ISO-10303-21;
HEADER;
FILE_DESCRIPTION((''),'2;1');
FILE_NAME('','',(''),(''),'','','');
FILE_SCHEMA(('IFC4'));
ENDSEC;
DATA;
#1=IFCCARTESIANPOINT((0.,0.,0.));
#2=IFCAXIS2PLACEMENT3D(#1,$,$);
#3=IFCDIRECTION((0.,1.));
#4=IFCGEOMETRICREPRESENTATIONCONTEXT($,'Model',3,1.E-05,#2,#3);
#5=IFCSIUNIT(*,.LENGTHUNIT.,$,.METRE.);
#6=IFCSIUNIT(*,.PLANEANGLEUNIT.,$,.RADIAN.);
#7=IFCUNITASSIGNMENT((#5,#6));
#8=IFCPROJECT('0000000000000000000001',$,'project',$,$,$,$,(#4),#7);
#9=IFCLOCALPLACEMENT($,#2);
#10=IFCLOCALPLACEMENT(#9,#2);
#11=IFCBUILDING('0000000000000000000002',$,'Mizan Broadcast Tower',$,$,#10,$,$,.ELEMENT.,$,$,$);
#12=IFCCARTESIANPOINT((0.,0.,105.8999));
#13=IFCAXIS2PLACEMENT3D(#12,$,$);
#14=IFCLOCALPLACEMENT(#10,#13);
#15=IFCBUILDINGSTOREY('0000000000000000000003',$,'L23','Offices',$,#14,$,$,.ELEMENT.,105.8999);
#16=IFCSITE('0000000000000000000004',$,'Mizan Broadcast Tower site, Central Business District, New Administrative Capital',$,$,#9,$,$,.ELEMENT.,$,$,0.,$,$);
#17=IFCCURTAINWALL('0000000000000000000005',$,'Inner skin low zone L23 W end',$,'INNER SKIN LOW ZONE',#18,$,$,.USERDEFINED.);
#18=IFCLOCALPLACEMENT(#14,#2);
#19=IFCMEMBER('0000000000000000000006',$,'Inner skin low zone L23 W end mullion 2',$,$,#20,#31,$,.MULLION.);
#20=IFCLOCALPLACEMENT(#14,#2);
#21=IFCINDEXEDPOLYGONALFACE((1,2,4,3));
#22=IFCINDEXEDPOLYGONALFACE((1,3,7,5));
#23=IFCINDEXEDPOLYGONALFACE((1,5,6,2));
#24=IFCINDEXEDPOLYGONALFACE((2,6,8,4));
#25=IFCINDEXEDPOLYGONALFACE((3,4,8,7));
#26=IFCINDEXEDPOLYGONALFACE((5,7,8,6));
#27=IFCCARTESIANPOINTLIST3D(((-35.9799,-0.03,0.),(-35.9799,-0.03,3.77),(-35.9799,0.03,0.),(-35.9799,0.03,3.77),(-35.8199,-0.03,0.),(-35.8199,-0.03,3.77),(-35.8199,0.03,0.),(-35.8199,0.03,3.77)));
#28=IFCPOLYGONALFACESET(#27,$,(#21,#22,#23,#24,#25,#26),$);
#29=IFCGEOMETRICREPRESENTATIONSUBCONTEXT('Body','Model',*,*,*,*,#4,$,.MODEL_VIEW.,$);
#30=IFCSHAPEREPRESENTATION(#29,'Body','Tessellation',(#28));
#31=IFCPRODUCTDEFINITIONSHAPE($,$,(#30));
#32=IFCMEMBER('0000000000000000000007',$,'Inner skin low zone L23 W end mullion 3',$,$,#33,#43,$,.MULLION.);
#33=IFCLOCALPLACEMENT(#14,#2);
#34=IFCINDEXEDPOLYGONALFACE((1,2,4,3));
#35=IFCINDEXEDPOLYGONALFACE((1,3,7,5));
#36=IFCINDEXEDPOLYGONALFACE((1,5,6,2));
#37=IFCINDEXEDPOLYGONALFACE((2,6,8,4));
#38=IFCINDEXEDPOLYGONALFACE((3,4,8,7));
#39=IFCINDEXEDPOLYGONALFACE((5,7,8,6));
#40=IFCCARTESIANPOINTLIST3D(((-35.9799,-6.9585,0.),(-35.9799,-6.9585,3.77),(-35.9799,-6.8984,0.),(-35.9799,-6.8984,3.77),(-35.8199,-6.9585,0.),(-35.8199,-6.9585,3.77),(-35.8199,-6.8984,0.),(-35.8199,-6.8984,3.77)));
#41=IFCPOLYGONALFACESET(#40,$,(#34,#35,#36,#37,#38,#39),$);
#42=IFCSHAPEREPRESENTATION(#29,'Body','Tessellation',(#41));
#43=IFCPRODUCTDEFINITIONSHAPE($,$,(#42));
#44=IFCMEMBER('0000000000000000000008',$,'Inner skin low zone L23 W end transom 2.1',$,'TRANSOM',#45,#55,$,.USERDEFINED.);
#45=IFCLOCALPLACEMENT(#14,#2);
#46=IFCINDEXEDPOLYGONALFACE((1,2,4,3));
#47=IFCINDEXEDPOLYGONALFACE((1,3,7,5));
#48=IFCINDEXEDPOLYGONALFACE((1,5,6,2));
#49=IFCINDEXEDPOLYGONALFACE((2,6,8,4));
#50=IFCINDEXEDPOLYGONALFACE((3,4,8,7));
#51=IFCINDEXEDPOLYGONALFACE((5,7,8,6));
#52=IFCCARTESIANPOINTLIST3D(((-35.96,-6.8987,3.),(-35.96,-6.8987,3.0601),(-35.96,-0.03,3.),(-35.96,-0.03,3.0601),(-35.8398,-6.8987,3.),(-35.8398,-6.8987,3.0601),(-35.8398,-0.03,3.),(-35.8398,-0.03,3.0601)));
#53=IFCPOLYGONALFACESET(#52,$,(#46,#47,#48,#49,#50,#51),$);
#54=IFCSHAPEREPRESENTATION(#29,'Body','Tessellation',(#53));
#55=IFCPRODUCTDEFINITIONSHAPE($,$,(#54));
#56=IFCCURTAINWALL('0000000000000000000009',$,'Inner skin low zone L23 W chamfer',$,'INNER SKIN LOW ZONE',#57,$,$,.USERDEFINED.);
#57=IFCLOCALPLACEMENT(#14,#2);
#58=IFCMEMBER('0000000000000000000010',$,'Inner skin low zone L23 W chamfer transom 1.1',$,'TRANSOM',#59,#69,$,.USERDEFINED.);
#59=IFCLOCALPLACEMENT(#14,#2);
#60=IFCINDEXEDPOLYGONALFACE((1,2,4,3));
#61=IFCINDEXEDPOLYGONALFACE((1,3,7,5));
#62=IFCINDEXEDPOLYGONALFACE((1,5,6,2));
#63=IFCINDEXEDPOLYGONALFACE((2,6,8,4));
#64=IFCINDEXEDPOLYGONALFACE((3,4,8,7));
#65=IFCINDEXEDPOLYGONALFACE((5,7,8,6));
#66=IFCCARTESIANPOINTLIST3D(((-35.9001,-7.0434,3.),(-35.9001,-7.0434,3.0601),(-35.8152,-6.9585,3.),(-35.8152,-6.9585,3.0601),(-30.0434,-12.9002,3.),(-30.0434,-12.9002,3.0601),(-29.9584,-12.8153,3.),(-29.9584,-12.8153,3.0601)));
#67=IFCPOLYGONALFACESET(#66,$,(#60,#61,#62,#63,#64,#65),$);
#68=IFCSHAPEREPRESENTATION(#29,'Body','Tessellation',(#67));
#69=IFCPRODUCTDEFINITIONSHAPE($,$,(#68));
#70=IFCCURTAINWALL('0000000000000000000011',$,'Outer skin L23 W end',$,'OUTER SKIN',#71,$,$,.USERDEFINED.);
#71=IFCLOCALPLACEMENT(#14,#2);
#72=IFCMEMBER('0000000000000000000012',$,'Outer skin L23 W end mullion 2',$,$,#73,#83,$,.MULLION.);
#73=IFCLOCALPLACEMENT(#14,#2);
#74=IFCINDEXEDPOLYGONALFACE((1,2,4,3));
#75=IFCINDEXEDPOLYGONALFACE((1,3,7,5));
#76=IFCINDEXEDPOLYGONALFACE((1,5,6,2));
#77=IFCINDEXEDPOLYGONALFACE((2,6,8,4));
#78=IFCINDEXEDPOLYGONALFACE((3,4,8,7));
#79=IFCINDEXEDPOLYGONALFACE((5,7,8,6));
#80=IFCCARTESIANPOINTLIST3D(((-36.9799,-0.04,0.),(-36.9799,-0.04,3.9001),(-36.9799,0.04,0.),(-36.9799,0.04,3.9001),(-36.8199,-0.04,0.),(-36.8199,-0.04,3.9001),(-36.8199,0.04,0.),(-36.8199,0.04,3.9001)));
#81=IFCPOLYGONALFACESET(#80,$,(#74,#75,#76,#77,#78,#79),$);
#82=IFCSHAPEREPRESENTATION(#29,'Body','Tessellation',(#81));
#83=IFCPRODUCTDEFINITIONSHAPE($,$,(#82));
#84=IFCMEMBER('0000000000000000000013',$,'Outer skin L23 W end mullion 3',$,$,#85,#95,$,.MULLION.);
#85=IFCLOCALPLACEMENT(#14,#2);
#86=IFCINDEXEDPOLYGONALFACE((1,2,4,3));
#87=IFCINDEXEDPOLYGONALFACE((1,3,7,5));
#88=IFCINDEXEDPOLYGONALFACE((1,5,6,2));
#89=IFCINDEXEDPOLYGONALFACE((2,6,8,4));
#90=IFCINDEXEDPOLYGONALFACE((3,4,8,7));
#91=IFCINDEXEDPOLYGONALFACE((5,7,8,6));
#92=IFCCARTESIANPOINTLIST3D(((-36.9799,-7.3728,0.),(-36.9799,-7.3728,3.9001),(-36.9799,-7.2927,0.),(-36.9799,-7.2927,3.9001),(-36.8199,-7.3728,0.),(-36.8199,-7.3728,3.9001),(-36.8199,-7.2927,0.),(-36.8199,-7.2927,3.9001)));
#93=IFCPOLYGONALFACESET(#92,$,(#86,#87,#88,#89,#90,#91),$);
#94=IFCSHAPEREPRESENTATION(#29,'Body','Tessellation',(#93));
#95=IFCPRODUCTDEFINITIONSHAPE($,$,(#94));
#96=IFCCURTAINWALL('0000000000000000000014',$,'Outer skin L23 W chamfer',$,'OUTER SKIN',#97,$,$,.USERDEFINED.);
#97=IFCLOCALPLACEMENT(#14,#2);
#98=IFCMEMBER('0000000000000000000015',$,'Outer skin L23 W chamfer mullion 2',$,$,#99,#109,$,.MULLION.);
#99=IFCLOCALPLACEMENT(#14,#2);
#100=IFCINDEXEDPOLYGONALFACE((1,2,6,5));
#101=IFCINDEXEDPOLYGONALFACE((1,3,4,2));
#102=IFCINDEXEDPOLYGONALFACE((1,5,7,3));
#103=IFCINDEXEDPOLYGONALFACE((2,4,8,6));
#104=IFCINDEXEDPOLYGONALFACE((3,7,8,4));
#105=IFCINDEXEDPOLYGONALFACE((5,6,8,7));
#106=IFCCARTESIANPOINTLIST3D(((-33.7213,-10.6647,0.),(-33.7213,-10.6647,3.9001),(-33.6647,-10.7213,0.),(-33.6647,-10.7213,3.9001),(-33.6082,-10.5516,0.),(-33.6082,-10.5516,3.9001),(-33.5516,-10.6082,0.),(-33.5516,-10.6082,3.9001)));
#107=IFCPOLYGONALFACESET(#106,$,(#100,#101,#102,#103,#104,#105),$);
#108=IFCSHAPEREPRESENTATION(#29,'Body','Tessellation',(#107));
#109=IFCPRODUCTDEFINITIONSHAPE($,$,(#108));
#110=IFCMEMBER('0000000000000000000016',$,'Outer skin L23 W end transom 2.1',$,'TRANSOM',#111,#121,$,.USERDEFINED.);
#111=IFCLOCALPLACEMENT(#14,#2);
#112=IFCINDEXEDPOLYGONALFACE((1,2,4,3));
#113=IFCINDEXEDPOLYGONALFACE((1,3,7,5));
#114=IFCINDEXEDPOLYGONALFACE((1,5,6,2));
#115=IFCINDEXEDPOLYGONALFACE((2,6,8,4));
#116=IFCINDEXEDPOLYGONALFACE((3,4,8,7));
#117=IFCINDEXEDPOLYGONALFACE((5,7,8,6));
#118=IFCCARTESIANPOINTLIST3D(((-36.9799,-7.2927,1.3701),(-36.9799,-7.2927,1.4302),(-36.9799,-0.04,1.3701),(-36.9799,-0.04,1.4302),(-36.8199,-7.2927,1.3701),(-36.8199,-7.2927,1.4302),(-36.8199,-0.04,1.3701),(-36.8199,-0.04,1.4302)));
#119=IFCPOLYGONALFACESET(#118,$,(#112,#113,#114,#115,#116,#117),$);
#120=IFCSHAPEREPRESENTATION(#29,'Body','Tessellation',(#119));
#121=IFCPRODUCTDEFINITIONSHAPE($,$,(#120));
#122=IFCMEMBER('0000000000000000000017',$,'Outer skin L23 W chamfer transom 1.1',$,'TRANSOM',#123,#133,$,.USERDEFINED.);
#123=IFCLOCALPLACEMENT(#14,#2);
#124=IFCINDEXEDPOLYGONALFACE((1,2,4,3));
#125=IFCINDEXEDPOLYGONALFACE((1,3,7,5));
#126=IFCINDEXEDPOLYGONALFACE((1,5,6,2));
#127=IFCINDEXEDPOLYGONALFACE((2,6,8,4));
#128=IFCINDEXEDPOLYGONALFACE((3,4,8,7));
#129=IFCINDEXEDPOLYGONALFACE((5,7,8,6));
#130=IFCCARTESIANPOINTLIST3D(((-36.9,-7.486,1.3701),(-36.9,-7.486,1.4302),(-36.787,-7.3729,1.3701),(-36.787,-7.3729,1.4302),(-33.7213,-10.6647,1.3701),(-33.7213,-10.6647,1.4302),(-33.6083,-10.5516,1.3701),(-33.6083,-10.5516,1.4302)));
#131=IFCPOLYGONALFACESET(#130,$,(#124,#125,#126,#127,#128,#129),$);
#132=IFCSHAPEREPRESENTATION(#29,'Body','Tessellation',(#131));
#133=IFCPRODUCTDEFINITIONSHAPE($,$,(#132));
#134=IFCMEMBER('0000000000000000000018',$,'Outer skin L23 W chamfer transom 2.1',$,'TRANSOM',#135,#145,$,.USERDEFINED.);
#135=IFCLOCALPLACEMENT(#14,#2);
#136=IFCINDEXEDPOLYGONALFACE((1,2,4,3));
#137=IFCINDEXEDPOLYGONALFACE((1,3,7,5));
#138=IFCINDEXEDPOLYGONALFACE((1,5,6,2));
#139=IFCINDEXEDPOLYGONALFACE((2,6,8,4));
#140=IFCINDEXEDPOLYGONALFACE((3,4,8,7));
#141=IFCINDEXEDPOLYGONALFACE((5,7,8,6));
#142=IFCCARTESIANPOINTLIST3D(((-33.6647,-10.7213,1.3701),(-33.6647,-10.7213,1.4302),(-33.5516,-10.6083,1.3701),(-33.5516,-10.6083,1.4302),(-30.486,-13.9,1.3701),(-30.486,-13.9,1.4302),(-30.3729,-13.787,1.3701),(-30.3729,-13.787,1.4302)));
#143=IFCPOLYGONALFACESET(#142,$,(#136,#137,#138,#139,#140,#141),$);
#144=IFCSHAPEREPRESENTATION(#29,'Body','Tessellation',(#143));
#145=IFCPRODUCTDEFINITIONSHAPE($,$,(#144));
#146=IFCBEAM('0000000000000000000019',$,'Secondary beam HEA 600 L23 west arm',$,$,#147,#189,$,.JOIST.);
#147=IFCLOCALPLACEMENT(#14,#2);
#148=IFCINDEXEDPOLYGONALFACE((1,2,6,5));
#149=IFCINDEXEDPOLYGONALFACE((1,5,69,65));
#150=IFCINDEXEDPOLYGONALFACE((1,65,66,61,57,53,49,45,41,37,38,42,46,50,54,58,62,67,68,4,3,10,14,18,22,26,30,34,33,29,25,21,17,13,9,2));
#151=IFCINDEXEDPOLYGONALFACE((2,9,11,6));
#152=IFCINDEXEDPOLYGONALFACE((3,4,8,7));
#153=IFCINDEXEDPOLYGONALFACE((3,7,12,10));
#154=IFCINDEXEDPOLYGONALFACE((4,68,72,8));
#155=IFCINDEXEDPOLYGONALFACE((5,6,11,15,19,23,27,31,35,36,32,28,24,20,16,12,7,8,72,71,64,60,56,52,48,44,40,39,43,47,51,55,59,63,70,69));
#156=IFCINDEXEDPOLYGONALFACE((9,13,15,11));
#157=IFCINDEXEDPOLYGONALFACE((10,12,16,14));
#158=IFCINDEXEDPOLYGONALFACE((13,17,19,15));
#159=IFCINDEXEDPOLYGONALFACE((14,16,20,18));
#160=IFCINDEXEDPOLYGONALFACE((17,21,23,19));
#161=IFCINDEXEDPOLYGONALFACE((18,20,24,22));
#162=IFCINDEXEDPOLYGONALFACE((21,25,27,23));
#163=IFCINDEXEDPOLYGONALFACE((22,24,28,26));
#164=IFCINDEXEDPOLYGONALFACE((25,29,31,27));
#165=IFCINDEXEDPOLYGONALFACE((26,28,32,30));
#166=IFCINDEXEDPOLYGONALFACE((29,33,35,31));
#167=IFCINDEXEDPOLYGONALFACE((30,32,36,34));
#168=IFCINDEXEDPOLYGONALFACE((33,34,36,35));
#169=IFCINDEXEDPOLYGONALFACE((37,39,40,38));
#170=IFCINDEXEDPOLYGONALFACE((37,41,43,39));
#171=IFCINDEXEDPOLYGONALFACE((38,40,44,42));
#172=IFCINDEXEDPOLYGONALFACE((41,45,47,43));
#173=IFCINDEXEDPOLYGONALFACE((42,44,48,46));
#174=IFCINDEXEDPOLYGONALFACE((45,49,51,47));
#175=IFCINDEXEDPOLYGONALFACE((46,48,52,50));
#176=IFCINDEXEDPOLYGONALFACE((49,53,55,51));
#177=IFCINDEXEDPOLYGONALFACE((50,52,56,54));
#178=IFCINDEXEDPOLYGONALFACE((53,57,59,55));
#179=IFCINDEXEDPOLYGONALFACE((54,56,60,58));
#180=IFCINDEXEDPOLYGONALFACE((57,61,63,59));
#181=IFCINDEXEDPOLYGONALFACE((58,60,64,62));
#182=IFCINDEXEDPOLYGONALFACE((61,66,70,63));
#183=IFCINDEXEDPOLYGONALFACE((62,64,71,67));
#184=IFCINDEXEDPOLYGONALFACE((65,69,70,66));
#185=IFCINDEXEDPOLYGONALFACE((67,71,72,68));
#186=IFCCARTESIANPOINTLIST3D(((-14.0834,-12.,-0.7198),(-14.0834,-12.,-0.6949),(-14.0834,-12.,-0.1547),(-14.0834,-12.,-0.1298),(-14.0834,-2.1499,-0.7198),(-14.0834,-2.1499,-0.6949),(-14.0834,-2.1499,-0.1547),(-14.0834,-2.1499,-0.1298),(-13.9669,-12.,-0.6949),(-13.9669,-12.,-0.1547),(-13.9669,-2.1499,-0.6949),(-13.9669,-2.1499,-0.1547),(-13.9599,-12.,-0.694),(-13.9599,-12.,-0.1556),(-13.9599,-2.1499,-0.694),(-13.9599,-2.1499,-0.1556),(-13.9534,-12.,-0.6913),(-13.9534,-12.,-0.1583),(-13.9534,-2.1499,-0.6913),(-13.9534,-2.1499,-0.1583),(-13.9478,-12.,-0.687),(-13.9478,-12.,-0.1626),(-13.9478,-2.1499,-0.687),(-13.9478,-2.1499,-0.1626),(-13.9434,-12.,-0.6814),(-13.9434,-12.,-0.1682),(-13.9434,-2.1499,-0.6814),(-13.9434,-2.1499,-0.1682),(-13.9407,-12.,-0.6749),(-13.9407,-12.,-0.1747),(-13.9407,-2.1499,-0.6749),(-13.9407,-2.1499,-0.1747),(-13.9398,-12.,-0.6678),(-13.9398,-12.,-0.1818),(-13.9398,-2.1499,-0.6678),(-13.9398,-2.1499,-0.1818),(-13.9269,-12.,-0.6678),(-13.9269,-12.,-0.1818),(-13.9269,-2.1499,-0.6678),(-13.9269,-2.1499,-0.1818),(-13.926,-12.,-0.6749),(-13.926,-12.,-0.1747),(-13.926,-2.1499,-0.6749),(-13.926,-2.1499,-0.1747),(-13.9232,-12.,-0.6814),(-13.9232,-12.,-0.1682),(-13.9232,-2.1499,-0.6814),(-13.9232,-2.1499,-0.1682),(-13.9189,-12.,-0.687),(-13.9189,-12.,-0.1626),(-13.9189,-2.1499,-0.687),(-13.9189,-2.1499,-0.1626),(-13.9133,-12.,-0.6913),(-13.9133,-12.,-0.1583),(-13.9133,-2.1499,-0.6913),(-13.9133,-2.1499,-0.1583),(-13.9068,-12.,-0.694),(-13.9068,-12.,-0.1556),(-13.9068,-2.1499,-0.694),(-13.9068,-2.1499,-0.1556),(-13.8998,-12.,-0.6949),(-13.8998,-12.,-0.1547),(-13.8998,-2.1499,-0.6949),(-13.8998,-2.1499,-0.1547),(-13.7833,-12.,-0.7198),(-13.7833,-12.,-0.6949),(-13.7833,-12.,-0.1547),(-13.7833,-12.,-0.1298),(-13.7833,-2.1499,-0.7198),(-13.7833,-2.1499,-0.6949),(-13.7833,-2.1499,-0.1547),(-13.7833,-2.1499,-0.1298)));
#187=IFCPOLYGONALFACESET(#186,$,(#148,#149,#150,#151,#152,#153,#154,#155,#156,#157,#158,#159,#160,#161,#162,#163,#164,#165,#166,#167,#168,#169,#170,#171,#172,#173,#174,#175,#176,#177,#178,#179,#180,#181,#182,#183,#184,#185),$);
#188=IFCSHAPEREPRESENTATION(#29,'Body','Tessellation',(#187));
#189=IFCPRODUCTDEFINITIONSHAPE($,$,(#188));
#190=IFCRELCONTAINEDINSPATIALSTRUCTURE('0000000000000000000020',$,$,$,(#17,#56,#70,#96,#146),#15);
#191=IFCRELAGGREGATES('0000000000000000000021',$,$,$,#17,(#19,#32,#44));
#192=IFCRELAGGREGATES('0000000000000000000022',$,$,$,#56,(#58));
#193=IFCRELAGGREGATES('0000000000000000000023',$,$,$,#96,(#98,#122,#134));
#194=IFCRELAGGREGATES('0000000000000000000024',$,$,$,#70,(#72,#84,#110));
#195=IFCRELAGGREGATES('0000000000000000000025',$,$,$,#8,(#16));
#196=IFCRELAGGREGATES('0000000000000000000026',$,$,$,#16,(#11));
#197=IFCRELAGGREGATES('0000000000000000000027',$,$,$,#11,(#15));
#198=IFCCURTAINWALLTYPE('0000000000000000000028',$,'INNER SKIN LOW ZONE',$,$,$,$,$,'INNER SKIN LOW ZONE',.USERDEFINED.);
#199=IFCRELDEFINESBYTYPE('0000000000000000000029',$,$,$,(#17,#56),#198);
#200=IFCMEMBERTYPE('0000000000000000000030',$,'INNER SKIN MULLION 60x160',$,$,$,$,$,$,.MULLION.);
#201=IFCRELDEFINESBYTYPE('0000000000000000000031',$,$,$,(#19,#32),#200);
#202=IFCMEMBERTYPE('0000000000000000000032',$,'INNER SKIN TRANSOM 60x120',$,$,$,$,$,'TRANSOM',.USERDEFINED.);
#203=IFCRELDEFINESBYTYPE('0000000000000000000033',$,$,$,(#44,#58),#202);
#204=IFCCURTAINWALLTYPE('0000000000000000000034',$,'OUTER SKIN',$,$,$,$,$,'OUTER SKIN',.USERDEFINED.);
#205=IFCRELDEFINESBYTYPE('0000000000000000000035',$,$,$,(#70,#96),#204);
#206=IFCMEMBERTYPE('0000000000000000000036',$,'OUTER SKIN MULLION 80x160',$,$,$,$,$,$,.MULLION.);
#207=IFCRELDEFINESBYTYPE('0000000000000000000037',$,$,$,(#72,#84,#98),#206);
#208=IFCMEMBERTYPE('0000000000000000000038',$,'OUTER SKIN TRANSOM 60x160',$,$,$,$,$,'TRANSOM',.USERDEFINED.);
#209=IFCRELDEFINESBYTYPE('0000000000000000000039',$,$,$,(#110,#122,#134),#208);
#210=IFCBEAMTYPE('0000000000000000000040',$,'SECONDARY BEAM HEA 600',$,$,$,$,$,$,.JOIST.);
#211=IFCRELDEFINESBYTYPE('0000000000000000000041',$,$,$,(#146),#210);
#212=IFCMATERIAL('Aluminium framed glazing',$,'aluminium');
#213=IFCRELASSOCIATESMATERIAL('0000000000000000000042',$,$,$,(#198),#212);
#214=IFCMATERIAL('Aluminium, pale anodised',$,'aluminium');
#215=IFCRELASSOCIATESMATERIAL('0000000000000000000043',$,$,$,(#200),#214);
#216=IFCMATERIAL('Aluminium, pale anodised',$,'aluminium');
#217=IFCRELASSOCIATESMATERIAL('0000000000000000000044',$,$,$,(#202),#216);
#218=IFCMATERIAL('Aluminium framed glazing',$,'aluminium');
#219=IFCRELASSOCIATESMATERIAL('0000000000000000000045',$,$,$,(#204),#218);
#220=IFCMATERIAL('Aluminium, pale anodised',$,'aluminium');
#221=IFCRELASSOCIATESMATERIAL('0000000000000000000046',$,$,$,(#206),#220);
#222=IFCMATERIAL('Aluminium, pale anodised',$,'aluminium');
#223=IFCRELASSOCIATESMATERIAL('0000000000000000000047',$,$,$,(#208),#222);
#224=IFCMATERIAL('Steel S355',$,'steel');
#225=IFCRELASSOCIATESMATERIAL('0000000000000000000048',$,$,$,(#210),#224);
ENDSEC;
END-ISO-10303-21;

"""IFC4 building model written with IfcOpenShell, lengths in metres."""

from ifc_helpers import new_model, si_unit, direction, frame, origin, origin_2d, place, context, subcontext, project, spatial, rectangle, i_section, extrude, material, material_profile, profile_set, type_object, element, aggregate, save


model = new_model("IFC4")

# Units and contexts
model_context = context("Model", 3, precision=1e-05, world=origin(), true_north=direction((0.0, 1.0)))
body_context = subcontext(model_context, "Body", "Model", "MODEL_VIEW")
ifc_project = project(units=[si_unit("LENGTHUNIT", "METRE"), si_unit("PLANEANGLEUNIT", "RADIAN")], contexts=[model_context])

# Site, building, storey
site_placement = place(None, origin())
site = spatial("IfcSite", under=ifc_project, at=site_placement, Name="Mizan Broadcast Tower site, Central Business District, New Administrative Capital", CompositionType="ELEMENT", RefElevation=0.0)
building_placement = place(site_placement, origin())
building = spatial("IfcBuilding", under=site, at=building_placement, Name="Mizan Broadcast Tower", CompositionType="ELEMENT")
storey_placement = place(building_placement, frame((0.0, 0.0, 105.8999)))
storey = spatial("IfcBuildingStorey", under=building, at=storey_placement, Name="L23", Description="Offices", CompositionType="ELEMENT", Elevation=105.8999)

# Curtain wall, members
ifc_material_1 = material(Name="Aluminium framed glazing", Category="aluminium")
curtain_wall_type_1 = type_object("IfcCurtainWallType", Name="INNER SKIN LOW ZONE", ElementType="INNER SKIN LOW ZONE", PredefinedType="USERDEFINED", material=ifc_material_1)
curtain_wall_1_placement = place(storey_placement, origin())
curtain_wall_1 = element("IfcCurtainWall", 1, at=curtain_wall_1_placement, inside=storey, type_object=curtain_wall_type_1, Name="Inner skin low zone L23 W end", ObjectType="INNER SKIN LOW ZONE", PredefinedType="USERDEFINED")
ifc_material_2 = material(Name="Aluminium, pale anodised", Category="aluminium")
ifc_material_profile_1 = material_profile(ifc_material_2, rectangle(XDim=0.1599, YDim=0.0601, at=origin_2d()), Name="MULLION 160x60")
ifc_profile_set_1 = profile_set([ifc_material_profile_1], Name="Aluminium, pale anodised")
member_type_1 = type_object("IfcMemberType", Name="INNER SKIN MULLION 60x160", PredefinedType="MULLION", material=ifc_profile_set_1)
member_1_placement = place(storey_placement, frame((-35.8999, 0.0, 0.0), z_axis=(0.0, 0.0, 1.0), x_axis=(1.0, 0.0, 0.0)))
member_1 = element("IfcMember", 2, at=member_1_placement, type_object=member_type_1, Name="Inner skin low zone L23 W end mullion 2", PredefinedType="MULLION", context=body_context, shape_type="SweptSolid", body=[
    extrude(rectangle(XDim=0.1599, YDim=0.0601, at=origin_2d()), origin(), (0.0, 0.0, 1.0), 3.77),
])
member_2_placement = place(storey_placement, frame((-35.8999, -6.9285, 0.0), z_axis=(0.0, 0.0, 1.0), x_axis=(1.0, 0.0, 0.0)))
member_2 = element("IfcMember", 3, at=member_2_placement, type_object=member_type_1, Name="Inner skin low zone L23 W end mullion 3", PredefinedType="MULLION", context=body_context, shape_type="SweptSolid", body=[
    extrude(rectangle(XDim=0.1599, YDim=0.0601, at=origin_2d()), origin(), (0.0, 0.0, 1.0), 3.77),
])
ifc_material_3 = material(Name="Aluminium, pale anodised", Category="aluminium")
ifc_material_profile_2 = material_profile(ifc_material_3, rectangle(XDim=0.1201, YDim=0.0601, at=origin_2d()), Name="TRANSOM 120x60")
ifc_profile_set_2 = profile_set([ifc_material_profile_2], Name="Aluminium, pale anodised")
member_type_2 = type_object("IfcMemberType", Name="INNER SKIN TRANSOM 60x120", ElementType="TRANSOM", PredefinedType="USERDEFINED", material=ifc_profile_set_2)
member_3_placement = place(storey_placement, frame((-35.8999, -0.03, 3.03), z_axis=(0.0, -1.0, 0.0), x_axis=(1.0, 0.0, 0.0)))
member_3 = element("IfcMember", 4, at=member_3_placement, type_object=member_type_2, Name="Inner skin low zone L23 W end transom 2.1", ObjectType="TRANSOM", PredefinedType="USERDEFINED", context=body_context, shape_type="SweptSolid", body=[
    extrude(rectangle(XDim=0.1201, YDim=0.0601, at=origin_2d()), origin(), (0.0, 0.0, 1.0), 6.8687),
])

# Curtain wall, member
curtain_wall_2_placement = place(storey_placement, origin())
curtain_wall_2 = element("IfcCurtainWall", 5, at=curtain_wall_2_placement, inside=storey, type_object=curtain_wall_type_1, Name="Inner skin low zone L23 W chamfer", ObjectType="INNER SKIN LOW ZONE", PredefinedType="USERDEFINED")
member_4_placement = place(storey_placement, frame((-35.8577, -7.001, 3.03), z_axis=(0.707107, -0.707107, 0.0), x_axis=(0.707107, 0.707107, 0.0)))
member_4 = element("IfcMember", 6, at=member_4_placement, type_object=member_type_2, Name="Inner skin low zone L23 W chamfer transom 1.1", ObjectType="TRANSOM", PredefinedType="USERDEFINED", context=body_context, shape_type="SweptSolid", body=[
    extrude(rectangle(XDim=0.1201, YDim=0.0601, at=origin_2d()), origin(), (0.0, 0.0, 1.0), 8.2827),
])

# Curtain wall, members
ifc_material_4 = material(Name="Aluminium framed glazing", Category="aluminium")
curtain_wall_type_2 = type_object("IfcCurtainWallType", Name="OUTER SKIN", ElementType="OUTER SKIN", PredefinedType="USERDEFINED", material=ifc_material_4)
curtain_wall_3_placement = place(storey_placement, origin())
curtain_wall_3 = element("IfcCurtainWall", 7, at=curtain_wall_3_placement, inside=storey, type_object=curtain_wall_type_2, Name="Outer skin L23 W end", ObjectType="OUTER SKIN", PredefinedType="USERDEFINED")
ifc_material_5 = material(Name="Aluminium, pale anodised", Category="aluminium")
ifc_material_profile_3 = material_profile(ifc_material_5, rectangle(XDim=0.1599, YDim=0.0801, at=origin_2d()), Name="MULLION 160x80")
ifc_profile_set_3 = profile_set([ifc_material_profile_3], Name="Aluminium, pale anodised")
member_type_3 = type_object("IfcMemberType", Name="OUTER SKIN MULLION 80x160", PredefinedType="MULLION", material=ifc_profile_set_3)
member_5_placement = place(storey_placement, frame((-36.8999, 0.0, 0.0), z_axis=(0.0, 0.0, 1.0), x_axis=(1.0, 0.0, 0.0)))
member_5 = element("IfcMember", 8, at=member_5_placement, type_object=member_type_3, Name="Outer skin L23 W end mullion 2", PredefinedType="MULLION", context=body_context, shape_type="SweptSolid", body=[
    extrude(rectangle(XDim=0.1599, YDim=0.0801, at=origin_2d()), origin(), (0.0, 0.0, 1.0), 3.9001),
])
member_6_placement = place(storey_placement, frame((-36.8999, -7.3328, 0.0), z_axis=(0.0, 0.0, 1.0), x_axis=(1.0, 0.0, 0.0)))
member_6 = element("IfcMember", 9, at=member_6_placement, type_object=member_type_3, Name="Outer skin L23 W end mullion 3", PredefinedType="MULLION", context=body_context, shape_type="SweptSolid", body=[
    extrude(rectangle(XDim=0.1599, YDim=0.0801, at=origin_2d()), origin(), (0.0, 0.0, 1.0), 3.9001),
])

# Curtain wall, member
curtain_wall_4_placement = place(storey_placement, origin())
curtain_wall_4 = element("IfcCurtainWall", 10, at=curtain_wall_4_placement, inside=storey, type_object=curtain_wall_type_2, Name="Outer skin L23 W chamfer", ObjectType="OUTER SKIN", PredefinedType="USERDEFINED")
member_7_placement = place(storey_placement, frame((-33.6365, -10.6365, 0.0), z_axis=(0.0, 0.0, 1.0), x_axis=(0.707107, 0.707107, 0.0)))
member_7 = element("IfcMember", 11, at=member_7_placement, type_object=member_type_3, Name="Outer skin L23 W chamfer mullion 2", PredefinedType="MULLION", context=body_context, shape_type="SweptSolid", body=[
    extrude(rectangle(XDim=0.1599, YDim=0.0801, at=origin_2d()), origin(), (0.0, 0.0, 1.0), 3.9001),
])

# Members
ifc_material_6 = material(Name="Aluminium, pale anodised", Category="aluminium")
ifc_material_profile_4 = material_profile(ifc_material_6, rectangle(XDim=0.1599, YDim=0.0601, at=origin_2d()), Name="TRANSOM 160x60")
ifc_profile_set_4 = profile_set([ifc_material_profile_4], Name="Aluminium, pale anodised")
member_type_4 = type_object("IfcMemberType", Name="OUTER SKIN TRANSOM 60x160", ElementType="TRANSOM", PredefinedType="USERDEFINED", material=ifc_profile_set_4)
member_8_placement = place(storey_placement, frame((-36.8999, -0.04, 1.4001), z_axis=(0.0, -1.0, 0.0), x_axis=(1.0, 0.0, 0.0)))
member_8 = element("IfcMember", 12, at=member_8_placement, type_object=member_type_4, Name="Outer skin L23 W end transom 2.1", ObjectType="TRANSOM", PredefinedType="USERDEFINED", context=body_context, shape_type="SweptSolid", body=[
    extrude(rectangle(XDim=0.1599, YDim=0.0601, at=origin_2d()), origin(), (0.0, 0.0, 1.0), 7.2527),
])
member_9_placement = place(storey_placement, frame((-36.8435, -7.4294, 1.4001), z_axis=(0.707107, -0.707107, 0.0), x_axis=(0.707107, 0.707107, 0.0)))
member_9 = element("IfcMember", 13, at=member_9_placement, type_object=member_type_4, Name="Outer skin L23 W chamfer transom 1.1", ObjectType="TRANSOM", PredefinedType="USERDEFINED", context=body_context, shape_type="SweptSolid", body=[
    extrude(rectangle(XDim=0.1599, YDim=0.0601, at=origin_2d()), origin(), (0.0, 0.0, 1.0), 4.4954),
])
member_10_placement = place(storey_placement, frame((-33.6082, -10.6648, 1.4001), z_axis=(0.707107, -0.707107, 0.0), x_axis=(0.707107, 0.707107, 0.0)))
member_10 = element("IfcMember", 14, at=member_10_placement, type_object=member_type_4, Name="Outer skin L23 W chamfer transom 2.1", ObjectType="TRANSOM", PredefinedType="USERDEFINED", context=body_context, shape_type="SweptSolid", body=[
    extrude(rectangle(XDim=0.1599, YDim=0.0601, at=origin_2d()), origin(), (0.0, 0.0, 1.0), 4.4954),
])

# Beam
ifc_material_7 = material(Name="Steel S355", Category="steel")
ifc_material_profile_5 = material_profile(ifc_material_7, i_section(OverallWidth=0.3, OverallDepth=0.5901, WebThickness=0.0129, FlangeThickness=0.0249, FilletRadius=0.0271, at=origin_2d()), Name="HEA 600")
ifc_profile_set_5 = profile_set([ifc_material_profile_5], Name="Steel S355")
beam_type_1 = type_object("IfcBeamType", Name="SECONDARY BEAM HEA 600", PredefinedType="JOIST", material=ifc_profile_set_5)
for number, where, z_axis, x_axis, name in (
    (15, (-13.9333, -12.0, -0.4248), (0.0, 1.0, 0.0), (-1.0, 0.0, 0.0), "Secondary beam HEA 600 L23 west arm"),
):
    element("IfcBeam", number, at=place(storey_placement, frame(where, z_axis=z_axis, x_axis=x_axis)), inside=storey, type_object=beam_type_1, Name=name, PredefinedType="JOIST", context=body_context, shape_type="SweptSolid", body=[
        extrude(i_section(OverallWidth=0.3, OverallDepth=0.5901, WebThickness=0.0129, FlangeThickness=0.0249, FilletRadius=0.0271, at=origin_2d()), origin(), (0.0, 0.0, 1.0), 9.8501),
    ])

aggregate(curtain_wall_1, [member_1, member_2, member_3])
aggregate(curtain_wall_2, [member_4])
aggregate(curtain_wall_4, [member_7, member_9, member_10])
aggregate(curtain_wall_3, [member_5, member_6, member_8])

save(model, "model.ifc")
